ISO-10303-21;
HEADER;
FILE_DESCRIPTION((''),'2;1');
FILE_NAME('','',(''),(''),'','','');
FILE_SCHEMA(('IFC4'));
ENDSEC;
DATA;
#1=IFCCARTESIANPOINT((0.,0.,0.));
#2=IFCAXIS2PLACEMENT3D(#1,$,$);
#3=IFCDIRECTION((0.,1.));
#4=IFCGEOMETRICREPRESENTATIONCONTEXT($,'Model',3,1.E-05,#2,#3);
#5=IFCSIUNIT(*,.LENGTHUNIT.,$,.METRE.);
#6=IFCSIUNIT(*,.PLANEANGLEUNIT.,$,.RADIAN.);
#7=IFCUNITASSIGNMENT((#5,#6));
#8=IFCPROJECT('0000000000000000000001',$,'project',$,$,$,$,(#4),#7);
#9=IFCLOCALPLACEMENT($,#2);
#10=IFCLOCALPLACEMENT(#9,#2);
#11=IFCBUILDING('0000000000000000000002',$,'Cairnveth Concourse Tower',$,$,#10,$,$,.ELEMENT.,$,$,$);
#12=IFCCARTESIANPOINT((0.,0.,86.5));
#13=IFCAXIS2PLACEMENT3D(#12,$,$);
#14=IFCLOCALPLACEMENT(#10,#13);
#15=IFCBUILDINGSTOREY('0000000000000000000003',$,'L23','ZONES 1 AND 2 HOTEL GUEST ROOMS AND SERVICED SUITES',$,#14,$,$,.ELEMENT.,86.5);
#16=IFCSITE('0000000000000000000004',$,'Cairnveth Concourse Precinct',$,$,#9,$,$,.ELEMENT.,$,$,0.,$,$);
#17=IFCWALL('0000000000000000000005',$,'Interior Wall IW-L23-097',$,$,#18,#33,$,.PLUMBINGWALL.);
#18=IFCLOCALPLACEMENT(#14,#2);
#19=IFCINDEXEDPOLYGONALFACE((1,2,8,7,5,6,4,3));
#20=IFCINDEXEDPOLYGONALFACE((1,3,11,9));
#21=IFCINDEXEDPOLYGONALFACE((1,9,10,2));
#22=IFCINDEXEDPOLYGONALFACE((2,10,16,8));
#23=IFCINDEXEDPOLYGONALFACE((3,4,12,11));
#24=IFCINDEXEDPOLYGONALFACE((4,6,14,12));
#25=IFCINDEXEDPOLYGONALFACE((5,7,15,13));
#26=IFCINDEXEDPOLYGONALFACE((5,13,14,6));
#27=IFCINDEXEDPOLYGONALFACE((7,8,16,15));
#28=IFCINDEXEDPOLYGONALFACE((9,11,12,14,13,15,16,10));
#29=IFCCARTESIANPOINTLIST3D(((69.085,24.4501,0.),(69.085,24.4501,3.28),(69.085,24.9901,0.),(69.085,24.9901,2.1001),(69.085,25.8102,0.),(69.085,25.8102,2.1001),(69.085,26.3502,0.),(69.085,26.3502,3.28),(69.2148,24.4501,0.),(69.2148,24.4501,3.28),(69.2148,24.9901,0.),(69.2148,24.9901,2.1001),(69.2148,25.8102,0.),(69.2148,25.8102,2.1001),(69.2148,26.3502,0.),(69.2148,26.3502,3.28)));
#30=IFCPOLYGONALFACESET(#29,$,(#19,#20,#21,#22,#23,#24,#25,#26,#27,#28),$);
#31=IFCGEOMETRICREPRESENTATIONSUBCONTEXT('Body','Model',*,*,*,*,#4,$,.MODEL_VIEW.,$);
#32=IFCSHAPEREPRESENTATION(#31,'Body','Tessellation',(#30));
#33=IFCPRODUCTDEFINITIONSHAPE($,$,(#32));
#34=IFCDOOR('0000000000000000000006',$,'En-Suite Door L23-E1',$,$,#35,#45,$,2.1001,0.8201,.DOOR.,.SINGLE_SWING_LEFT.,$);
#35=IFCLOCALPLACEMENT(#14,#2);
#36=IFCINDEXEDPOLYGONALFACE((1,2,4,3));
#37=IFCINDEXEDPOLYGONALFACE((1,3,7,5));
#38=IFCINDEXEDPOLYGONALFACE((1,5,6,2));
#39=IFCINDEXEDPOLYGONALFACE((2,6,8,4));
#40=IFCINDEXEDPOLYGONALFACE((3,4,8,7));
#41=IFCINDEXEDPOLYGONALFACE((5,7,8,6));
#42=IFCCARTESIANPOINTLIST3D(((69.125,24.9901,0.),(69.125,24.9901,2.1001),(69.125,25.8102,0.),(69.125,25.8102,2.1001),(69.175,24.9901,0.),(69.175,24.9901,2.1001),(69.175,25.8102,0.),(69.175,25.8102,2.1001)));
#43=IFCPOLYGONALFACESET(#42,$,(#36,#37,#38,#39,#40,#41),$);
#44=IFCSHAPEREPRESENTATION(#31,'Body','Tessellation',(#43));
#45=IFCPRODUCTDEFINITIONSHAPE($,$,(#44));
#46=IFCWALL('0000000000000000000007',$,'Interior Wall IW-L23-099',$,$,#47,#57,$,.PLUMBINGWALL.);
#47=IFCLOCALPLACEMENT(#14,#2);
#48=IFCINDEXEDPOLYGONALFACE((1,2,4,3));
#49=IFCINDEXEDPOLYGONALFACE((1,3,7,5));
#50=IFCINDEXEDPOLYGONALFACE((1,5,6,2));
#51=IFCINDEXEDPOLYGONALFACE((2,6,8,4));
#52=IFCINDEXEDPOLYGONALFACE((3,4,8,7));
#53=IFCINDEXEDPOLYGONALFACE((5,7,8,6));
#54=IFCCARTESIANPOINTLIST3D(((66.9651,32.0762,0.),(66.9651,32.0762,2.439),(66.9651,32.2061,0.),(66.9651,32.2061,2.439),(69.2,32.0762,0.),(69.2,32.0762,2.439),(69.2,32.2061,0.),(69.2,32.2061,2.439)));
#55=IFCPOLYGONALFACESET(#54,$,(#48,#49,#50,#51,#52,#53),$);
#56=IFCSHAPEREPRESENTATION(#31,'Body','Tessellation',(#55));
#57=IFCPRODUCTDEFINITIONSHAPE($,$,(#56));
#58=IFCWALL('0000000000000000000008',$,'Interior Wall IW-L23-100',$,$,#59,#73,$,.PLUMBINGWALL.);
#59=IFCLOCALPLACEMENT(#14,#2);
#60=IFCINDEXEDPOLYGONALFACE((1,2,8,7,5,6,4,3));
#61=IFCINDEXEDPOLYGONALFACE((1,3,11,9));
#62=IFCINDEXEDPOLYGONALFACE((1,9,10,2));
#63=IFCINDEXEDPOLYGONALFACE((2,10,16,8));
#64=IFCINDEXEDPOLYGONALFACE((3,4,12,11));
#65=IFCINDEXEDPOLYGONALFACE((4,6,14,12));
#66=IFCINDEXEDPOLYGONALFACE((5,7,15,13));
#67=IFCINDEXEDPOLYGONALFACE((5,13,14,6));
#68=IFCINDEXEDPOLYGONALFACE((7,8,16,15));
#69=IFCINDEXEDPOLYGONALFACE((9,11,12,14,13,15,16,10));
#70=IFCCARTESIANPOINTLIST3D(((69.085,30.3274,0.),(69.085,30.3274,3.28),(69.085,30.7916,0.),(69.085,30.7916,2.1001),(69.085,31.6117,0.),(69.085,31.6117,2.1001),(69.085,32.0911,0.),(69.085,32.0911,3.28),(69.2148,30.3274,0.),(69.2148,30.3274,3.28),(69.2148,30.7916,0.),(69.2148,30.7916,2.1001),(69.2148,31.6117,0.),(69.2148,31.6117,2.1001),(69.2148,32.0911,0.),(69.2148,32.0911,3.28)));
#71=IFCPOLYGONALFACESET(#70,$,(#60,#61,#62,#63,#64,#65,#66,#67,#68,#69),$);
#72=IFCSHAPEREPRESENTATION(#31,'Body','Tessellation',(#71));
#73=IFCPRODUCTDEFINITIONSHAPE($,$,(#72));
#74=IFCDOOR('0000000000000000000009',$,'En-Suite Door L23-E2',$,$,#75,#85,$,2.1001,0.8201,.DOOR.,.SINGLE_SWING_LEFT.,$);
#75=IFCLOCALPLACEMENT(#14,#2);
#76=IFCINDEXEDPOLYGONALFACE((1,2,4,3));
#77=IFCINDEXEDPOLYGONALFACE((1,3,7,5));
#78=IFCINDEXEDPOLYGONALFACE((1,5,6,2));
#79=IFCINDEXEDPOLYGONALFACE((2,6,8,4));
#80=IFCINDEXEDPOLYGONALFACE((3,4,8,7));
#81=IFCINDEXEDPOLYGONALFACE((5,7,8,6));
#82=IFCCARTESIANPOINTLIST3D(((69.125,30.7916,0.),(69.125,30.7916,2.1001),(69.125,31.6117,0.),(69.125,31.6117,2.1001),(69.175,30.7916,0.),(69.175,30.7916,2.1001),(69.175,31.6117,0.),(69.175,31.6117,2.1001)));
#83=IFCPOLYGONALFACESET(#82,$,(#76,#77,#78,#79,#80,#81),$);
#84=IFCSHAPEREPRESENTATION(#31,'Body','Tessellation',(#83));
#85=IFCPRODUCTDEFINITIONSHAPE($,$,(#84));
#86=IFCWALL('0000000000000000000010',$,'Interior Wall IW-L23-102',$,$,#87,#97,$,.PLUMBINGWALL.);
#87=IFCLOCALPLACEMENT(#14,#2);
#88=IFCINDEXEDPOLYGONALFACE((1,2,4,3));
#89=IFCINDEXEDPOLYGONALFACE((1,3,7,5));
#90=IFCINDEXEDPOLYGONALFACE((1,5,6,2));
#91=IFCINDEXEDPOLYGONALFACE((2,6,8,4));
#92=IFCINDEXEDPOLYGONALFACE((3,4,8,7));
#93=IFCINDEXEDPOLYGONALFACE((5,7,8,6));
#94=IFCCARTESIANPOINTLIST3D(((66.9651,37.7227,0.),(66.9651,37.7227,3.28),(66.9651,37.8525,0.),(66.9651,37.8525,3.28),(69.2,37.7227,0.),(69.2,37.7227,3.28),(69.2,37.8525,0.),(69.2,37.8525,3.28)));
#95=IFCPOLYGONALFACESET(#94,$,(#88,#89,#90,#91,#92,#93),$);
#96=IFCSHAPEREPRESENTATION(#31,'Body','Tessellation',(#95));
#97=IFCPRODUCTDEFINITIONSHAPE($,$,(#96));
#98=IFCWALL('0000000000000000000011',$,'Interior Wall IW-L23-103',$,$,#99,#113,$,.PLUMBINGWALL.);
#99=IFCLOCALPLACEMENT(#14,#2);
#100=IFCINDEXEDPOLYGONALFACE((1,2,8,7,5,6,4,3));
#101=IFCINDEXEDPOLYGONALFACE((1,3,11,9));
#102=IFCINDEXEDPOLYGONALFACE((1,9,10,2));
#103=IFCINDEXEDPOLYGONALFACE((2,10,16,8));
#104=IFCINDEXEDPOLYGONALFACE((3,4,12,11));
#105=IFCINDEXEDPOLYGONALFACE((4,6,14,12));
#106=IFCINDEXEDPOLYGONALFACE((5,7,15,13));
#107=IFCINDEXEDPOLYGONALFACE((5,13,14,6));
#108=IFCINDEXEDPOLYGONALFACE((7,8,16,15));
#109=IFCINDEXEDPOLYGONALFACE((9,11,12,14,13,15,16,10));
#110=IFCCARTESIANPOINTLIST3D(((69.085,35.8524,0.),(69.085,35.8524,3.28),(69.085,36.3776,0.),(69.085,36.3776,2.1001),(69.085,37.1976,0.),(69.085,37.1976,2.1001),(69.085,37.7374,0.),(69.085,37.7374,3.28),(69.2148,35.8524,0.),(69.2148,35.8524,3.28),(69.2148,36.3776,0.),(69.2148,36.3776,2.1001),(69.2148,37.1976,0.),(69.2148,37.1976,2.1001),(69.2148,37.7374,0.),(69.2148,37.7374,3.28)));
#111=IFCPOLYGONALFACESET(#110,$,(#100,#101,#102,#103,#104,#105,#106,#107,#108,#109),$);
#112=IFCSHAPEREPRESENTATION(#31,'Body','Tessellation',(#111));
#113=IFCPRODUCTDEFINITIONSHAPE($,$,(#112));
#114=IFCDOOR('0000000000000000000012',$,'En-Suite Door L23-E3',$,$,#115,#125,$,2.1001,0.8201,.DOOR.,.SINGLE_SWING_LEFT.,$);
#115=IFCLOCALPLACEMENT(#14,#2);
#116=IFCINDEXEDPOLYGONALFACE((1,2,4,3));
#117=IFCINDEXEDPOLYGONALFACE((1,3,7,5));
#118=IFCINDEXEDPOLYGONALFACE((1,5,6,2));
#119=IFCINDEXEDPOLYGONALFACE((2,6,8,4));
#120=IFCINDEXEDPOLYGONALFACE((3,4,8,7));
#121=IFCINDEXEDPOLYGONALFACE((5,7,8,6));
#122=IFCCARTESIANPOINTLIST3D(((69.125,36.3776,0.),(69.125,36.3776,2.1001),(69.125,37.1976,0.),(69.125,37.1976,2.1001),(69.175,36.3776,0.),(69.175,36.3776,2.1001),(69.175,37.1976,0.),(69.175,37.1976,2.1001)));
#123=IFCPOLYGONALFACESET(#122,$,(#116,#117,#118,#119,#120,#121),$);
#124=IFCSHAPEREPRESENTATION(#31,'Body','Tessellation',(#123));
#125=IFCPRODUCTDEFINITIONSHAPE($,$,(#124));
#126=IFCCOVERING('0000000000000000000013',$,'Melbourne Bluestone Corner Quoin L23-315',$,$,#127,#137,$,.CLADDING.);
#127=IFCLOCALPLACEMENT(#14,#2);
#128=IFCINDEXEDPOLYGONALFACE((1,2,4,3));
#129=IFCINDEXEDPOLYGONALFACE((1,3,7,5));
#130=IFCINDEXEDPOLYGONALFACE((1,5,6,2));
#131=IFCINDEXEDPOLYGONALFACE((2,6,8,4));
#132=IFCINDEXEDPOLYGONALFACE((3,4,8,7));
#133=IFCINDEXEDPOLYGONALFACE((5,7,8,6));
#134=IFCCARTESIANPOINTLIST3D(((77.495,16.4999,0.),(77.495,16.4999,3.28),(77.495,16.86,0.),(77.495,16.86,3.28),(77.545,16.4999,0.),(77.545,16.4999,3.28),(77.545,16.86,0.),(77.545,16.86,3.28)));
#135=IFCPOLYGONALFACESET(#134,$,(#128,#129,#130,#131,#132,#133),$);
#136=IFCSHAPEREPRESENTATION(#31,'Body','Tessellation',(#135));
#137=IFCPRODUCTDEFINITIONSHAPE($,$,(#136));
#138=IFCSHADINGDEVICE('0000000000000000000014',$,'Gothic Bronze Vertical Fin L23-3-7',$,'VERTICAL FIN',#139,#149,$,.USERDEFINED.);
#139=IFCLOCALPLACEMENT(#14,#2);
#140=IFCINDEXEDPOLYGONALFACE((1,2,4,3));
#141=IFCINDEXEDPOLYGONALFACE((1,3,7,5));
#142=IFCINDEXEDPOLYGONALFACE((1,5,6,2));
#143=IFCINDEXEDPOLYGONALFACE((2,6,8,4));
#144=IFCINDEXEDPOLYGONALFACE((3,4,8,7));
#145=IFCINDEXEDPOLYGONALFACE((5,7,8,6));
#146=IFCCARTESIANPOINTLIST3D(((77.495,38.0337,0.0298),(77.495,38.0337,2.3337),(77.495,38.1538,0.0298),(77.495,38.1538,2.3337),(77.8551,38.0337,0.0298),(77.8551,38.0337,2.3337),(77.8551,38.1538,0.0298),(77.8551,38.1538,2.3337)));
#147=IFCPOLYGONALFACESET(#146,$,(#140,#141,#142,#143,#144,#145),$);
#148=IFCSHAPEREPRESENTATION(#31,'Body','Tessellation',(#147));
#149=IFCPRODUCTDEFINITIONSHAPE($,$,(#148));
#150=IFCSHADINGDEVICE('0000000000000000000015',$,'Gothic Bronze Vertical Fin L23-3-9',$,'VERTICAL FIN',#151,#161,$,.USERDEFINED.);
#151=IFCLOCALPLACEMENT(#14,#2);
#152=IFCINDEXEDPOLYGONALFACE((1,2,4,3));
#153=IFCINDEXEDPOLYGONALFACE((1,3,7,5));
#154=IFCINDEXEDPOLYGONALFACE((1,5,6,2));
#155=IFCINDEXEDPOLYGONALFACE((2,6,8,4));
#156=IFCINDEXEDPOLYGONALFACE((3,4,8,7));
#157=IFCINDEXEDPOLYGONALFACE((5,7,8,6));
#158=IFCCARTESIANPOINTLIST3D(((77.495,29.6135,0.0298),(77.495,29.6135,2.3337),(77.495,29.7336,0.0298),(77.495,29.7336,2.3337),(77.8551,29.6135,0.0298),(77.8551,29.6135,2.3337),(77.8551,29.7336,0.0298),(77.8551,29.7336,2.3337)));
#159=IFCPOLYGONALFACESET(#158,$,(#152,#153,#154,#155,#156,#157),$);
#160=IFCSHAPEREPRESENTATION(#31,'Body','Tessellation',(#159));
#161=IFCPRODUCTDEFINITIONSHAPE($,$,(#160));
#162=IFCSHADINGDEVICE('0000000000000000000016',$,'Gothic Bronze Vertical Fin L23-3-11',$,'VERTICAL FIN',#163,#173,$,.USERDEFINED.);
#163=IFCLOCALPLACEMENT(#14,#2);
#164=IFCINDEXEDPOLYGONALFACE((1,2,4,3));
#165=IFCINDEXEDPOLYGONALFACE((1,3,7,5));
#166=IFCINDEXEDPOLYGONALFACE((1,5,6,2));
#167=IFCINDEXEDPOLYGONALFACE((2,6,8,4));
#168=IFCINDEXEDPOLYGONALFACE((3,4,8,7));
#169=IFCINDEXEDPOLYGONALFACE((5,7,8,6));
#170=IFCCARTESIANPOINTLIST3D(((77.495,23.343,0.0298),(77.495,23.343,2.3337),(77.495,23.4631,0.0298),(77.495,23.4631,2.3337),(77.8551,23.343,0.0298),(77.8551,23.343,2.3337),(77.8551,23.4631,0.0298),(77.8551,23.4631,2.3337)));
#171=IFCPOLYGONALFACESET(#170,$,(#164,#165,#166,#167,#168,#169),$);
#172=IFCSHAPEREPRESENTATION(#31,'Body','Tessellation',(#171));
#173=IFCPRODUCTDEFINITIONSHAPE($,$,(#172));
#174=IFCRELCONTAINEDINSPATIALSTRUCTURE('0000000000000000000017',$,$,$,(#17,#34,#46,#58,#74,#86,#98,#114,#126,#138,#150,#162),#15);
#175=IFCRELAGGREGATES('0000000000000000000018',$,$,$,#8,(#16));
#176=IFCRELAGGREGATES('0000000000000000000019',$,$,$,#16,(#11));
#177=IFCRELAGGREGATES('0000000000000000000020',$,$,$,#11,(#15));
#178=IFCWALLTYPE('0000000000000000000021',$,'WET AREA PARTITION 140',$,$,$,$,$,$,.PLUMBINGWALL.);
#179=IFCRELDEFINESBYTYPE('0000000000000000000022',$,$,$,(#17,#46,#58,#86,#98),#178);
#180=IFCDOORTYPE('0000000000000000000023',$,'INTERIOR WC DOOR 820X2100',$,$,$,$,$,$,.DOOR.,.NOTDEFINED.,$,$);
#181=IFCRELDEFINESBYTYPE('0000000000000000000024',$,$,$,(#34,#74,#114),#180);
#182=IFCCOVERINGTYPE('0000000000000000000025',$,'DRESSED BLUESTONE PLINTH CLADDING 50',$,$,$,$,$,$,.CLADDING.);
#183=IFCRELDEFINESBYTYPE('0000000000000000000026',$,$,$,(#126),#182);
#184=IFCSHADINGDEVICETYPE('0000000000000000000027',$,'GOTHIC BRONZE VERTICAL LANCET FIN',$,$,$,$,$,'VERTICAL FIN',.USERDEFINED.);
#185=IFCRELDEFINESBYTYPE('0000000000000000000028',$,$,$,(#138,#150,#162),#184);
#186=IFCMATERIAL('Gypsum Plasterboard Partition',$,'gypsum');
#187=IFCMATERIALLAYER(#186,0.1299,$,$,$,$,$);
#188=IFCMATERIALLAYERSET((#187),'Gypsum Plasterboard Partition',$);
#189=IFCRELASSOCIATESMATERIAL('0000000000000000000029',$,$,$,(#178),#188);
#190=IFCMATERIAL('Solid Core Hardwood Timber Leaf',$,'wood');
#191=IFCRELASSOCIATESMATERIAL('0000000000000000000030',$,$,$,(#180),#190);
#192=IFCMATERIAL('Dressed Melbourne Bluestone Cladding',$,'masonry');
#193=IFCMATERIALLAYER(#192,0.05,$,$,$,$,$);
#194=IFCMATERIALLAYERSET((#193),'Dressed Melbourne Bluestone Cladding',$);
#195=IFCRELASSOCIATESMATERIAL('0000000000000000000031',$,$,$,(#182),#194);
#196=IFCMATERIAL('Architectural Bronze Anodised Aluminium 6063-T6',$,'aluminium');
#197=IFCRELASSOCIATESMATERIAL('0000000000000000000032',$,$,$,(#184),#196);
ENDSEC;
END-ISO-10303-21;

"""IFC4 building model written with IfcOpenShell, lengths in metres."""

from ifc_helpers import new_model, si_unit, direction, frame, frame_2d, origin, origin_2d, place, context, subcontext, project, spatial, rectangle, extrude, material, layer, layer_set, type_object, element, fill, save


model = new_model("IFC4")

# Units and contexts
model_context = context("Model", 3, precision=1e-05, world=origin(), true_north=direction((0.0, 1.0)))
body_context = subcontext(model_context, "Body", "Model", "MODEL_VIEW")
ifc_project = project(units=[si_unit("LENGTHUNIT", "METRE"), si_unit("PLANEANGLEUNIT", "RADIAN")], contexts=[model_context])

# Site, building, storey
site_placement = place(None, origin())
site = spatial("IfcSite", under=ifc_project, at=site_placement, Name="Cairnveth Concourse Precinct", CompositionType="ELEMENT", RefElevation=0.0)
building_placement = place(site_placement, origin())
building = spatial("IfcBuilding", under=site, at=building_placement, Name="Cairnveth Concourse Tower", CompositionType="ELEMENT")
storey_placement = place(building_placement, frame((0.0, 0.0, 86.5)))
storey = spatial("IfcBuildingStorey", under=building, at=storey_placement, Name="L23", Description="ZONES 1 AND 2 HOTEL GUEST ROOMS AND SERVICED SUITES", CompositionType="ELEMENT", Elevation=86.5)

# Shared definitions
ifc_material_1 = material(Name="Gypsum Plasterboard Partition", Category="gypsum")
ifc_material_2 = material(Name="Solid Core Hardwood Timber Leaf", Category="wood")

# Shared definitions
ifc_layer_1 = layer(ifc_material_1, 0.1299)
ifc_layer_set_1 = layer_set([ifc_layer_1], Name="Gypsum Plasterboard Partition")
wall_type_1 = type_object("IfcWallType", Name="WET AREA PARTITION 140", PredefinedType="PLUMBINGWALL", material=ifc_layer_set_1)

# Wall, opening, door
wall_1_placement = place(storey_placement, frame((69.1499, 24.45, 0.0), z_axis=(0.0, 0.0, 1.0), x_axis=(0.0, 1.0, 0.0)))
wall_1 = element("IfcWall", 1, at=wall_1_placement, inside=storey, type_object=wall_type_1, Name="Interior Wall IW-L23-097", PredefinedType="PLUMBINGWALL", context=body_context, shape_type="SweptSolid", body=[
    extrude(rectangle(XDim=1.9001, YDim=0.1299, at=frame_2d((0.9502, 0.0))), origin(), (0.0, 0.0, 1.0), 3.28),
])
opening_1_placement = place(wall_1_placement, frame((0.54, 0.0, 0.0)))
opening_1 = element("IfcOpeningElement", 2, at=opening_1_placement, cuts=wall_1, PredefinedType="OPENING", context=body_context, shape_type="SweptSolid", body=[
    extrude(rectangle(XDim=0.8201, YDim=2.1001, at=frame_2d((0.4102, 1.05))), frame((0.0, 0.075, 0.0), z_axis=(0.0, -1.0, 0.0), x_axis=(1.0, 0.0, 0.0)), (0.0, 0.0, 1.0), 0.1499),
])
door_type_1 = type_object("IfcDoorType", Name="INTERIOR WC DOOR 820X2100", OperationType="NOTDEFINED", PredefinedType="DOOR", material=ifc_material_2)
door_1_placement = place(opening_1_placement, origin())
door_1 = element("IfcDoor", 3, at=door_1_placement, inside=storey, type_object=door_type_1, Name="En-Suite Door L23-E1", OperationType="SINGLE_SWING_LEFT", OverallHeight=2.1001, OverallWidth=0.8201, PredefinedType="DOOR", context=body_context, shape_type="SweptSolid", body=[
    extrude(rectangle(XDim=0.8201, YDim=2.1001, at=frame_2d((0.4102, 1.05))), frame((0.0, 0.0249, 0.0), z_axis=(0.0, -1.0, 0.0), x_axis=(1.0, 0.0, 0.0)), (0.0, 0.0, 1.0), 0.05),
])
fill(opening_1, door_1)

# Wall
wall_2_placement = place(storey_placement, frame((66.9651, 32.1411, 0.0), z_axis=(0.0, 0.0, 1.0), x_axis=(1.0, 0.0, 0.0)))
element("IfcWall", 4, at=wall_2_placement, inside=storey, type_object=wall_type_1, Name="Interior Wall IW-L23-099", PredefinedType="PLUMBINGWALL", context=body_context, shape_type="SweptSolid", body=[
    extrude(rectangle(XDim=2.2349, YDim=0.1299, at=frame_2d((1.1174, 0.0))), origin(), (0.0, 0.0, 1.0), 2.439),
])

# Wall, opening, door
wall_3_placement = place(storey_placement, frame((69.1499, 30.3274, 0.0), z_axis=(0.0, 0.0, 1.0), x_axis=(0.0, 1.0, 0.0)))
wall_3 = element("IfcWall", 5, at=wall_3_placement, inside=storey, type_object=wall_type_1, Name="Interior Wall IW-L23-100", PredefinedType="PLUMBINGWALL", context=body_context, shape_type="SweptSolid", body=[
    extrude(rectangle(XDim=1.7637, YDim=0.1299, at=frame_2d((0.8818, 0.0))), origin(), (0.0, 0.0, 1.0), 3.28),
])
opening_2_placement = place(wall_3_placement, frame((0.4641, 0.0, 0.0)))
opening_2 = element("IfcOpeningElement", 6, at=opening_2_placement, cuts=wall_3, PredefinedType="OPENING", context=body_context, shape_type="SweptSolid", body=[
    extrude(rectangle(XDim=0.8201, YDim=2.1001, at=frame_2d((0.4102, 1.05))), frame((0.0, 0.075, 0.0), z_axis=(0.0, -1.0, 0.0), x_axis=(1.0, 0.0, 0.0)), (0.0, 0.0, 1.0), 0.1499),
])
door_2_placement = place(opening_2_placement, origin())
door_2 = element("IfcDoor", 7, at=door_2_placement, inside=storey, type_object=door_type_1, Name="En-Suite Door L23-E2", OperationType="SINGLE_SWING_LEFT", OverallHeight=2.1001, OverallWidth=0.8201, PredefinedType="DOOR", context=body_context, shape_type="SweptSolid", body=[
    extrude(rectangle(XDim=0.8201, YDim=2.1001, at=frame_2d((0.4102, 1.05))), frame((0.0, 0.0249, 0.0), z_axis=(0.0, -1.0, 0.0), x_axis=(1.0, 0.0, 0.0)), (0.0, 0.0, 1.0), 0.05),
])
fill(opening_2, door_2)

# Wall
wall_4_placement = place(storey_placement, frame((66.9651, 37.7876, 0.0), z_axis=(0.0, 0.0, 1.0), x_axis=(1.0, 0.0, 0.0)))
element("IfcWall", 8, at=wall_4_placement, inside=storey, type_object=wall_type_1, Name="Interior Wall IW-L23-102", PredefinedType="PLUMBINGWALL", context=body_context, shape_type="SweptSolid", body=[
    extrude(rectangle(XDim=2.2349, YDim=0.1299, at=frame_2d((1.1174, 0.0))), origin(), (0.0, 0.0, 1.0), 3.28),
])

# Wall, opening, door
wall_5_placement = place(storey_placement, frame((69.1499, 35.8525, 0.0), z_axis=(0.0, 0.0, 1.0), x_axis=(0.0, 1.0, 0.0)))
wall_5 = element("IfcWall", 9, at=wall_5_placement, inside=storey, type_object=wall_type_1, Name="Interior Wall IW-L23-103", PredefinedType="PLUMBINGWALL", context=body_context, shape_type="SweptSolid", body=[
    extrude(rectangle(XDim=1.885, YDim=0.1299, at=frame_2d((0.9424, 0.0))), origin(), (0.0, 0.0, 1.0), 3.28),
])
opening_3_placement = place(wall_5_placement, frame((0.5249, 0.0, 0.0)))
opening_3 = element("IfcOpeningElement", 10, at=opening_3_placement, cuts=wall_5, PredefinedType="OPENING", context=body_context, shape_type="SweptSolid", body=[
    extrude(rectangle(XDim=0.8201, YDim=2.1001, at=frame_2d((0.4102, 1.05))), frame((0.0, 0.075, 0.0), z_axis=(0.0, -1.0, 0.0), x_axis=(1.0, 0.0, 0.0)), (0.0, 0.0, 1.0), 0.1499),
])
door_3_placement = place(opening_3_placement, origin())
door_3 = element("IfcDoor", 11, at=door_3_placement, inside=storey, type_object=door_type_1, Name="En-Suite Door L23-E3", OperationType="SINGLE_SWING_LEFT", OverallHeight=2.1001, OverallWidth=0.8201, PredefinedType="DOOR", context=body_context, shape_type="SweptSolid", body=[
    extrude(rectangle(XDim=0.8201, YDim=2.1001, at=frame_2d((0.4102, 1.05))), frame((0.0, 0.0249, 0.0), z_axis=(0.0, -1.0, 0.0), x_axis=(1.0, 0.0, 0.0)), (0.0, 0.0, 1.0), 0.05),
])
fill(opening_3, door_3)

# Covering
ifc_material_3 = material(Name="Dressed Melbourne Bluestone Cladding", Category="masonry")
ifc_layer_2 = layer(ifc_material_3, 0.05)
ifc_layer_set_2 = layer_set([ifc_layer_2], Name="Dressed Melbourne Bluestone Cladding")
covering_type = type_object("IfcCoveringType", Name="DRESSED BLUESTONE PLINTH CLADDING 50", PredefinedType="CLADDING", material=ifc_layer_set_2)
covering_placement = place(storey_placement, frame((77.52, 16.8601, 0.0), z_axis=(0.0, 0.0, 1.0), x_axis=(0.0, -1.0, 0.0)))
element("IfcCovering", 12, at=covering_placement, inside=storey, type_object=covering_type, Name="Melbourne Bluestone Corner Quoin L23-315", PredefinedType="CLADDING", context=body_context, shape_type="SweptSolid", body=[
    extrude(rectangle(XDim=0.3601, YDim=0.05, at=frame_2d((0.1802, 0.0))), origin(), (0.0, 0.0, 1.0), 3.28),
])

# Shading devices
ifc_material_4 = material(Name="Architectural Bronze Anodised Aluminium 6063-T6", Category="aluminium")
shading_device_type = type_object("IfcShadingDeviceType", Name="GOTHIC BRONZE VERTICAL LANCET FIN", ElementType="VERTICAL FIN", PredefinedType="USERDEFINED", material=ifc_material_4)
for number, where, z_axis, x_axis, name in (
    (13, (77.675, 38.0938, 0.0298), (0.0, 0.0, 1.0), (0.0, 1.0, 0.0), "Gothic Bronze Vertical Fin L23-3-7"),
    (14, (77.675, 29.6736, 0.0298), (0.0, 0.0, 1.0), (0.0, 1.0, 0.0), "Gothic Bronze Vertical Fin L23-3-9"),
    (15, (77.675, 23.4031, 0.0298), (0.0, 0.0, 1.0), (0.0, 1.0, 0.0), "Gothic Bronze Vertical Fin L23-3-11"),
):
    element("IfcShadingDevice", number, at=place(storey_placement, frame(where, z_axis=z_axis, x_axis=x_axis)), inside=storey, type_object=shading_device_type, Name=name, ObjectType="VERTICAL FIN", PredefinedType="USERDEFINED", context=body_context, shape_type="SweptSolid", body=[
        extrude(rectangle(XDim=0.1201, YDim=0.3601, at=origin_2d()), origin(), (0.0, 0.0, 1.0), 2.304),
    ])

save(model, "model.ifc")
